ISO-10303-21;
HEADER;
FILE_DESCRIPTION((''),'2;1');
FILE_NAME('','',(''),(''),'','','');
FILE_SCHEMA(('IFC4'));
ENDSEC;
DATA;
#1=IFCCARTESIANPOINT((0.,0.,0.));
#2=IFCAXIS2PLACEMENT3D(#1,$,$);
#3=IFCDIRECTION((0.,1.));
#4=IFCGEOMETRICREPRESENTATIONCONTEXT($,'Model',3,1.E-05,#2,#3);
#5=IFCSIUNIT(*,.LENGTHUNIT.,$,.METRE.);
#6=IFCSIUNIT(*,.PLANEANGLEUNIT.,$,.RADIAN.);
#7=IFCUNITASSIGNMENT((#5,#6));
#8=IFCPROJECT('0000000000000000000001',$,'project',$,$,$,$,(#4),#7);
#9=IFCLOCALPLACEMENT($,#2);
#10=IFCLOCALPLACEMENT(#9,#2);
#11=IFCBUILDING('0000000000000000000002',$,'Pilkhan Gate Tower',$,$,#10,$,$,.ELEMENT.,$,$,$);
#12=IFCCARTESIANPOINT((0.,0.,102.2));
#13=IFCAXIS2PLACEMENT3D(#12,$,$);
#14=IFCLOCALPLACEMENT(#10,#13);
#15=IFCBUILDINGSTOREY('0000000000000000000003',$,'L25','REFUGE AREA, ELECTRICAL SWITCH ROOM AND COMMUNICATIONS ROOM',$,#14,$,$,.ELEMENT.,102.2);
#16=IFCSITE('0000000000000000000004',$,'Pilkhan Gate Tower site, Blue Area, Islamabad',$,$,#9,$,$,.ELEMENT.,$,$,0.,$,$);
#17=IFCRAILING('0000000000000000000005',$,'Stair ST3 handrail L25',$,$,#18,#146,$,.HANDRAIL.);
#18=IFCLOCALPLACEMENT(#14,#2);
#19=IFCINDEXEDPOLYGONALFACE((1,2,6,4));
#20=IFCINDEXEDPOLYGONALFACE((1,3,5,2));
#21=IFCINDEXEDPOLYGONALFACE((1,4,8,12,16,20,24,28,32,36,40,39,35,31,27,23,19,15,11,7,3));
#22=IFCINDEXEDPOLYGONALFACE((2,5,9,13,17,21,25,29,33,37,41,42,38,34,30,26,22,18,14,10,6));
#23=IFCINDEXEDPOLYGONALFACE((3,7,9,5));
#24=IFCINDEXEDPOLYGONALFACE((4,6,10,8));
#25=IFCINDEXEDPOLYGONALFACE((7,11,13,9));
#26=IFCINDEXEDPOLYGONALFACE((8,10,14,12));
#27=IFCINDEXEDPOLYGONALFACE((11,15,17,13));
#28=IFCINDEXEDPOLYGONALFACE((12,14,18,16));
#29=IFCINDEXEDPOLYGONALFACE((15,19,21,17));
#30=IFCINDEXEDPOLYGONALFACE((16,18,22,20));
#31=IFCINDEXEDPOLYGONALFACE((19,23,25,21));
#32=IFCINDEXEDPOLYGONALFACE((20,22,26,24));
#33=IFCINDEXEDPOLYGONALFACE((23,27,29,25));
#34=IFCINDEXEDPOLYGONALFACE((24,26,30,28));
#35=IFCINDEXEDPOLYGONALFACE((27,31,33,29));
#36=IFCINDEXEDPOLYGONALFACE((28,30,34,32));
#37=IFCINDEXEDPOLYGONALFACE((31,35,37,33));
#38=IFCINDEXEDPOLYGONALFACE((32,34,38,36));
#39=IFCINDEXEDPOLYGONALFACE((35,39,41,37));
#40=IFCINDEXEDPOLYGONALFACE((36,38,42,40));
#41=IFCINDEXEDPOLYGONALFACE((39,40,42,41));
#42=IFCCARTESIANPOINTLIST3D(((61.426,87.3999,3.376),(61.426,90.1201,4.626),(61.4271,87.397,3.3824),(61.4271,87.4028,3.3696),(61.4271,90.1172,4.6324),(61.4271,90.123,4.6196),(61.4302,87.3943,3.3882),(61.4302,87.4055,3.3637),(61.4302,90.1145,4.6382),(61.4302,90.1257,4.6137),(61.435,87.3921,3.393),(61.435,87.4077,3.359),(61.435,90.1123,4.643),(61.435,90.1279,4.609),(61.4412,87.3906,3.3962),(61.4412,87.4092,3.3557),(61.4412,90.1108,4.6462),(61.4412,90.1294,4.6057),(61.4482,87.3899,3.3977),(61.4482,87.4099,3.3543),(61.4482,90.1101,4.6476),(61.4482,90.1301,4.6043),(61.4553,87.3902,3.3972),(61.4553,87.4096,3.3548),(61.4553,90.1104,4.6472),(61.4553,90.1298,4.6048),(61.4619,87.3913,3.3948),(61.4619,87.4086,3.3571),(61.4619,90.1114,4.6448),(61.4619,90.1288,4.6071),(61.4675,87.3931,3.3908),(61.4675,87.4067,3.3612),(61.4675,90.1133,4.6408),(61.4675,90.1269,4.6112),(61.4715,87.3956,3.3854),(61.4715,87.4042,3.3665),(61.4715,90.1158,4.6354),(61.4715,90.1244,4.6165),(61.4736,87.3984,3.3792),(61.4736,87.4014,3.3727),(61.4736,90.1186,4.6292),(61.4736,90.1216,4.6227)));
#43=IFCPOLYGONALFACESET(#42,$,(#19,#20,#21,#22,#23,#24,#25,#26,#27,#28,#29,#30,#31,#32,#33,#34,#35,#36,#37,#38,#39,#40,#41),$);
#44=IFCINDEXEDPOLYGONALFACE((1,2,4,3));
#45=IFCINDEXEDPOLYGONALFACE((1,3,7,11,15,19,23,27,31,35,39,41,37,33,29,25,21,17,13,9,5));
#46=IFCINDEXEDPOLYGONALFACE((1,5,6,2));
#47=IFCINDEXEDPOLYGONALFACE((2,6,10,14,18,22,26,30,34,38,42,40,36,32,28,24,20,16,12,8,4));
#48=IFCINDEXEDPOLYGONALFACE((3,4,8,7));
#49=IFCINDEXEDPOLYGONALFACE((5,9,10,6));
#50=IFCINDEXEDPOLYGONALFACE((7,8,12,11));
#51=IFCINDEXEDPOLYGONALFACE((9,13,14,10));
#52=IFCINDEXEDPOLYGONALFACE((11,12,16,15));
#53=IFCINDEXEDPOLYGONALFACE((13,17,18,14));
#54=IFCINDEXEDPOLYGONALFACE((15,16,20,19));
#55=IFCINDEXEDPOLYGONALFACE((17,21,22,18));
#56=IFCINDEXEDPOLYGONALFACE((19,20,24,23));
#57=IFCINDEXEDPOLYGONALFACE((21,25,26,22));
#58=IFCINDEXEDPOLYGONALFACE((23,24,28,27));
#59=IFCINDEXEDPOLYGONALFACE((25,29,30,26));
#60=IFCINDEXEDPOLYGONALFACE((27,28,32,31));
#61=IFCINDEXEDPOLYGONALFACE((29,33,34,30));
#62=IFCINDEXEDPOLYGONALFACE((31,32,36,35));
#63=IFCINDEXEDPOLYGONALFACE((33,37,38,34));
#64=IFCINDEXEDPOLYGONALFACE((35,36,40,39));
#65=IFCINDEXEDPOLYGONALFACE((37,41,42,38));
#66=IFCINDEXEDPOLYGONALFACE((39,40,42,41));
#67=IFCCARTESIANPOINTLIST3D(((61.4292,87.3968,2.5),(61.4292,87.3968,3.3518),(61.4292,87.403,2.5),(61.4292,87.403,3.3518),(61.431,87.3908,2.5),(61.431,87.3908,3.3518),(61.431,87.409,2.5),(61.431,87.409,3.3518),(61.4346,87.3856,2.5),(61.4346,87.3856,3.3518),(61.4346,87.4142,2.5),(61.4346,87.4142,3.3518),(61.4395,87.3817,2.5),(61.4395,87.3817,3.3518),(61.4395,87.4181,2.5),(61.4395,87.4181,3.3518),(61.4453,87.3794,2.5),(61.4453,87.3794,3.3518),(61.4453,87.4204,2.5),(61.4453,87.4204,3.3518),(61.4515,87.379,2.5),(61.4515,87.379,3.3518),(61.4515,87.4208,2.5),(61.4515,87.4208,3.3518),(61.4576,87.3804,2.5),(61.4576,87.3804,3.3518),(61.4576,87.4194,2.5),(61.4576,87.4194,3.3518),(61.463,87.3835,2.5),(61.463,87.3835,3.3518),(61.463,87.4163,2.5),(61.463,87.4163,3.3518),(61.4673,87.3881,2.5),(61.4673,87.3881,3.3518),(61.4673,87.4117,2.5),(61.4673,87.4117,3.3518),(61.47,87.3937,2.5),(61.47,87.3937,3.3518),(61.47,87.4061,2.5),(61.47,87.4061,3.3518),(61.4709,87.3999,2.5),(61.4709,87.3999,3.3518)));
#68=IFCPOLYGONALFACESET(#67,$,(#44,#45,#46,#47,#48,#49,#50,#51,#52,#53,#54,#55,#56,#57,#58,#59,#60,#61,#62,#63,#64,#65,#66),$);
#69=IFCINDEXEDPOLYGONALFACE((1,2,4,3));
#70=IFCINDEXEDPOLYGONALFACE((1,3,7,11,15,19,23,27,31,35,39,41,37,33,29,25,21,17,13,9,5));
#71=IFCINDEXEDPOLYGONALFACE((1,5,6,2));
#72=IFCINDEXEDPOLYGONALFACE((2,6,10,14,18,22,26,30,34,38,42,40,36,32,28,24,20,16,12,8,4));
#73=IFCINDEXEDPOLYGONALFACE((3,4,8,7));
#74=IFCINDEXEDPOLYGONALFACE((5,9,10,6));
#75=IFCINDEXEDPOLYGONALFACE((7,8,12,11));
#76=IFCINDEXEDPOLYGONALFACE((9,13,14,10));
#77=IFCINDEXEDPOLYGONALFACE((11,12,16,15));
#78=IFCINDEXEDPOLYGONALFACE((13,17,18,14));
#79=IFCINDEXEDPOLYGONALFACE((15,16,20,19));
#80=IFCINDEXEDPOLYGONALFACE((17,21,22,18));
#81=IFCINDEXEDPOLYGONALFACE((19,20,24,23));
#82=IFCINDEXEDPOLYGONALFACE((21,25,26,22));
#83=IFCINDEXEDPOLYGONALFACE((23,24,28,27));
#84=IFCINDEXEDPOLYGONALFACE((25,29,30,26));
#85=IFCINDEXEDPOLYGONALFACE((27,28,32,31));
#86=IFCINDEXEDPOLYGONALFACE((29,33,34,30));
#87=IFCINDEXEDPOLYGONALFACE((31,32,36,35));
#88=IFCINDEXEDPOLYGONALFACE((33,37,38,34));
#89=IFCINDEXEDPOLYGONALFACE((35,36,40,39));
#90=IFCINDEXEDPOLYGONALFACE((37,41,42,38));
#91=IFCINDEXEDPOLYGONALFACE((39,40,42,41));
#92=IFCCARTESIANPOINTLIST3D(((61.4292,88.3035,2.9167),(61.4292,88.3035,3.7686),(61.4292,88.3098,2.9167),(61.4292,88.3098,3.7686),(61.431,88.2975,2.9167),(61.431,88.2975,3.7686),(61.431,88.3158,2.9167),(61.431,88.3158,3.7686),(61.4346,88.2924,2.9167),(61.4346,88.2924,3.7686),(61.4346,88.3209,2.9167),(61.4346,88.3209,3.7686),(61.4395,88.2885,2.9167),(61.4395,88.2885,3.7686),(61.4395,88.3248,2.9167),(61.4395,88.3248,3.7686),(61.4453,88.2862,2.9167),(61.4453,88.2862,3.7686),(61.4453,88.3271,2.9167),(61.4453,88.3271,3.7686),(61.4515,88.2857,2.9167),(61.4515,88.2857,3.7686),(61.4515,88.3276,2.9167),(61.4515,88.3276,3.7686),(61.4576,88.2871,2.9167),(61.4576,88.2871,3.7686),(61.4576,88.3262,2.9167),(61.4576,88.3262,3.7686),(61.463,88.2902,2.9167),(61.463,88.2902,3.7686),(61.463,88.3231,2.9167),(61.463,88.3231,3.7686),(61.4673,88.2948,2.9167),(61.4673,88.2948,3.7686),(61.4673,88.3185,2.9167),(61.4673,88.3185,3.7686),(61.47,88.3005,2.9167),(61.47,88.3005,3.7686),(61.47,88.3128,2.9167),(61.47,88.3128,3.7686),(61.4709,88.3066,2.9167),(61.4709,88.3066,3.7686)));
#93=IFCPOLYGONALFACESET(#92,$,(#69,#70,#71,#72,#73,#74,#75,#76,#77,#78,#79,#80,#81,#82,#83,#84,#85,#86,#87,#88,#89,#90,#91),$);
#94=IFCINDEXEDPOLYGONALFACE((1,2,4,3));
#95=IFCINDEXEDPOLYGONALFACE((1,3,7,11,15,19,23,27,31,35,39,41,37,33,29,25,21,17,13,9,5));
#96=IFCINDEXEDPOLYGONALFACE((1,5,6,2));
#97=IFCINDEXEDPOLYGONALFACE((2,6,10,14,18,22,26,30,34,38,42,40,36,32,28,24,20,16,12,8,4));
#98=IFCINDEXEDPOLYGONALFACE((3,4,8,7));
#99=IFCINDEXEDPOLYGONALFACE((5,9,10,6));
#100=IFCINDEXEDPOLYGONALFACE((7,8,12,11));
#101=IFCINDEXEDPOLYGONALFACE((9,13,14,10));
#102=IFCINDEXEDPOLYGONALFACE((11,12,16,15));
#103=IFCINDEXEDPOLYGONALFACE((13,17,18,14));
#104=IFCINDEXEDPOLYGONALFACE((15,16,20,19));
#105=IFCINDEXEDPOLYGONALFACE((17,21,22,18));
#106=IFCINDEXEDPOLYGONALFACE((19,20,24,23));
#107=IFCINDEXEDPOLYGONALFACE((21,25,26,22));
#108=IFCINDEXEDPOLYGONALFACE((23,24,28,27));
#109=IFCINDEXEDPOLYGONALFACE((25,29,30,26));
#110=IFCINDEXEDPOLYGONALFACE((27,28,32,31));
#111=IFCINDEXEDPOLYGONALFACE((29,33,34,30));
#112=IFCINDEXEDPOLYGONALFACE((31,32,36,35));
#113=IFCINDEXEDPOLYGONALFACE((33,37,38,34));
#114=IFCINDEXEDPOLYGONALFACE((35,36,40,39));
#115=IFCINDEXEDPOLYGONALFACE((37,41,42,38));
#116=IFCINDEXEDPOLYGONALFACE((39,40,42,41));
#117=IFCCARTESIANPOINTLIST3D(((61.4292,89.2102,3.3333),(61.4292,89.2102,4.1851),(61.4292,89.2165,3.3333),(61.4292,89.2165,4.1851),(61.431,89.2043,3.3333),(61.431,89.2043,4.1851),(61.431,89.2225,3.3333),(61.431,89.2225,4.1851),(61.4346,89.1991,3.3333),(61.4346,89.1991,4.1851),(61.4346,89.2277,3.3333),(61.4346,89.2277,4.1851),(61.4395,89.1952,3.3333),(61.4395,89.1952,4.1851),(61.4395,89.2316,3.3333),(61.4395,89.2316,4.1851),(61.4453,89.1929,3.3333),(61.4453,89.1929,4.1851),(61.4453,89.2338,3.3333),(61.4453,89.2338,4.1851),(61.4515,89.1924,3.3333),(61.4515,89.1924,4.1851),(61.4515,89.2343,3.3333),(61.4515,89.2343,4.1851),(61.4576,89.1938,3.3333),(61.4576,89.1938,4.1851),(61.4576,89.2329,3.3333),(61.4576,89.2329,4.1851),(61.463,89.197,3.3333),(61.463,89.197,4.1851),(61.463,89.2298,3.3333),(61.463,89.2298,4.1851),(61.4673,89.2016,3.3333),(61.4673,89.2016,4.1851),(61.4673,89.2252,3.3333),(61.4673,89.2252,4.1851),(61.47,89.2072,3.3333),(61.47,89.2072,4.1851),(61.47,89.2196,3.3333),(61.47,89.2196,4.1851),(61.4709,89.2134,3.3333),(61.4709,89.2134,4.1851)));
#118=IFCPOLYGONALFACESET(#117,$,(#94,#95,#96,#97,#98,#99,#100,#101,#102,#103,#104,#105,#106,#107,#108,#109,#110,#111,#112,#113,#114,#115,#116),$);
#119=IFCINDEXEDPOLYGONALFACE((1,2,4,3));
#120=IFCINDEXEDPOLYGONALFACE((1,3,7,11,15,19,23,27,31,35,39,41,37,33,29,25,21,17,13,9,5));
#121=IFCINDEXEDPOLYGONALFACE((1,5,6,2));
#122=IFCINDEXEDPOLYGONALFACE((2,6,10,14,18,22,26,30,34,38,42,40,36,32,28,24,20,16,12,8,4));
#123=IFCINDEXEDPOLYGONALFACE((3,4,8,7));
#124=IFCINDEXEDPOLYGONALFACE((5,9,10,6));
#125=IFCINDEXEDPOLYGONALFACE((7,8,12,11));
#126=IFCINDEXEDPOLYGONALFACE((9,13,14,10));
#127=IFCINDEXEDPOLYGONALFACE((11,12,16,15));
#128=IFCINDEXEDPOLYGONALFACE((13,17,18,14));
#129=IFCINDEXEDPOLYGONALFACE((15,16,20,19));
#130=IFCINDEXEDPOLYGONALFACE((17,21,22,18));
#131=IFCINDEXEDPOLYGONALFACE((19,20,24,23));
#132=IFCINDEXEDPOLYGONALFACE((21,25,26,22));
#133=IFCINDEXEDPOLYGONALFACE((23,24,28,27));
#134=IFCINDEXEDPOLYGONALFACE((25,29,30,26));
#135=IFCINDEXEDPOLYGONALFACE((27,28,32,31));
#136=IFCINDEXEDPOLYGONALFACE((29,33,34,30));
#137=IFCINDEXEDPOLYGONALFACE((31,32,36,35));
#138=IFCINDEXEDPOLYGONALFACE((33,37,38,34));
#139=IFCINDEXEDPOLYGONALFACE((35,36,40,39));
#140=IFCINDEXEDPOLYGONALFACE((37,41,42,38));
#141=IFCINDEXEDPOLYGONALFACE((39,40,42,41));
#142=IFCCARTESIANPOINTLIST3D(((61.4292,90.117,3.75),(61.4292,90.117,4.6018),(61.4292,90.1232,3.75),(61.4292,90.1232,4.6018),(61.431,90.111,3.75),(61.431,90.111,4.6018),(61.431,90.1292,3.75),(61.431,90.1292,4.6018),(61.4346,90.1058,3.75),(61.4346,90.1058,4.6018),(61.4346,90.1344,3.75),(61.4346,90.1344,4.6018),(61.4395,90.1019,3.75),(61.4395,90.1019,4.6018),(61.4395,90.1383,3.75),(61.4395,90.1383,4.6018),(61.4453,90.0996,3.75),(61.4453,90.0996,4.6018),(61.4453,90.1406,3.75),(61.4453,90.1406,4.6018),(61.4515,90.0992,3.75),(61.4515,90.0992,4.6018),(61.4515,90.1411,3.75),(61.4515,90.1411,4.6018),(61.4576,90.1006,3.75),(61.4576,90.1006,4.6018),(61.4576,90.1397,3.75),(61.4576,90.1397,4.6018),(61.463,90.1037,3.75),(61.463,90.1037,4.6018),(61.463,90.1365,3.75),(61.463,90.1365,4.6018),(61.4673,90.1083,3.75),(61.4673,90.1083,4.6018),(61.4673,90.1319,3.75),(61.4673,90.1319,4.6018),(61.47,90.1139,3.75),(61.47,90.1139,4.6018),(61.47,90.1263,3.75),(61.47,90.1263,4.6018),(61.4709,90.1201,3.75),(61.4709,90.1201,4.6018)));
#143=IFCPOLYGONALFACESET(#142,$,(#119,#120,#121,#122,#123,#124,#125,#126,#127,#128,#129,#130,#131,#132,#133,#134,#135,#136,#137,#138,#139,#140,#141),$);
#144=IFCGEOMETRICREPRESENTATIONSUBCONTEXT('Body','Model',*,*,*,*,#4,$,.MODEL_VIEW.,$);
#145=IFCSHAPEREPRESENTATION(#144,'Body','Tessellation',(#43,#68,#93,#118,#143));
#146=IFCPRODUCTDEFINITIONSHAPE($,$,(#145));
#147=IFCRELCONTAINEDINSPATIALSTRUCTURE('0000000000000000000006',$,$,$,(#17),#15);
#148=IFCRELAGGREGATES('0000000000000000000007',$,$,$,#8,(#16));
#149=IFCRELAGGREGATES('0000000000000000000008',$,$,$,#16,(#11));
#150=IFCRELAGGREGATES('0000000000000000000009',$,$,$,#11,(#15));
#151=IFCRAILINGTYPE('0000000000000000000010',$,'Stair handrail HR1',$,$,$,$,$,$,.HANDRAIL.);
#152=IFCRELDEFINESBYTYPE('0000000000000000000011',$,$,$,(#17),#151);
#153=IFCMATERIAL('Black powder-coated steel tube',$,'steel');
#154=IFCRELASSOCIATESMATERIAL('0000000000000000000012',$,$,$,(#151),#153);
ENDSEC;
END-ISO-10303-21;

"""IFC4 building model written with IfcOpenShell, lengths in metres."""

from ifc_helpers import new_model, si_unit, direction, frame, origin, origin_2d, place, context, subcontext, project, spatial, circle, extrude, material, type_object, element, save


model = new_model("IFC4")

# Units and contexts
model_context = context("Model", 3, precision=1e-05, world=origin(), true_north=direction((0.0, 1.0)))
body_context = subcontext(model_context, "Body", "Model", "MODEL_VIEW")
ifc_project = project(units=[si_unit("LENGTHUNIT", "METRE"), si_unit("PLANEANGLEUNIT", "RADIAN")], contexts=[model_context])

# Site, building, storey
site_placement = place(None, origin())
site = spatial("IfcSite", under=ifc_project, at=site_placement, Name="Pilkhan Gate Tower site, Blue Area, Islamabad", CompositionType="ELEMENT", RefElevation=0.0)
building_placement = place(site_placement, origin())
building = spatial("IfcBuilding", under=site, at=building_placement, Name="Pilkhan Gate Tower", CompositionType="ELEMENT")
storey_placement = place(building_placement, frame((0.0, 0.0, 102.2)))
storey = spatial("IfcBuildingStorey", under=building, at=storey_placement, Name="L25", Description="REFUGE AREA, ELECTRICAL SWITCH ROOM AND COMMUNICATIONS ROOM", CompositionType="ELEMENT", Elevation=102.2)

# Railing
ifc_material_1 = material(Name="Black powder-coated steel tube", Category="steel")
railing_type_1 = type_object("IfcRailingType", Name="Stair handrail HR1", PredefinedType="HANDRAIL", material=ifc_material_1)
railing_1_placement = place(storey_placement, frame((61.45, 87.3999, 2.5)))
element("IfcRailing", 1, at=railing_1_placement, inside=storey, type_object=railing_type_1, Name="Stair ST3 handrail L25", PredefinedType="HANDRAIL", context=body_context, shape_type="SweptSolid", body=[
    extrude(circle(Radius=0.0239, at=origin_2d()), frame((0.0, 0.0, 0.876), z_axis=(0.0, 0.908655, 0.417547), x_axis=(-1.0, 0.0, 0.0)), (0.0, 0.0, 1.0), 2.9937),
    extrude(circle(Radius=0.021, at=origin_2d()), origin(), (0.0, 0.0, 1.0), 0.8518),
    extrude(circle(Radius=0.021, at=origin_2d()), frame((0.0, 0.9067, 0.4167)), (0.0, 0.0, 1.0), 0.8518),
    extrude(circle(Radius=0.021, at=origin_2d()), frame((0.0, 1.8135, 0.8333)), (0.0, 0.0, 1.0), 0.8518),
    extrude(circle(Radius=0.021, at=origin_2d()), frame((0.0, 2.7202, 1.25)), (0.0, 0.0, 1.0), 0.8518),
])

save(model, "model.ifc")
